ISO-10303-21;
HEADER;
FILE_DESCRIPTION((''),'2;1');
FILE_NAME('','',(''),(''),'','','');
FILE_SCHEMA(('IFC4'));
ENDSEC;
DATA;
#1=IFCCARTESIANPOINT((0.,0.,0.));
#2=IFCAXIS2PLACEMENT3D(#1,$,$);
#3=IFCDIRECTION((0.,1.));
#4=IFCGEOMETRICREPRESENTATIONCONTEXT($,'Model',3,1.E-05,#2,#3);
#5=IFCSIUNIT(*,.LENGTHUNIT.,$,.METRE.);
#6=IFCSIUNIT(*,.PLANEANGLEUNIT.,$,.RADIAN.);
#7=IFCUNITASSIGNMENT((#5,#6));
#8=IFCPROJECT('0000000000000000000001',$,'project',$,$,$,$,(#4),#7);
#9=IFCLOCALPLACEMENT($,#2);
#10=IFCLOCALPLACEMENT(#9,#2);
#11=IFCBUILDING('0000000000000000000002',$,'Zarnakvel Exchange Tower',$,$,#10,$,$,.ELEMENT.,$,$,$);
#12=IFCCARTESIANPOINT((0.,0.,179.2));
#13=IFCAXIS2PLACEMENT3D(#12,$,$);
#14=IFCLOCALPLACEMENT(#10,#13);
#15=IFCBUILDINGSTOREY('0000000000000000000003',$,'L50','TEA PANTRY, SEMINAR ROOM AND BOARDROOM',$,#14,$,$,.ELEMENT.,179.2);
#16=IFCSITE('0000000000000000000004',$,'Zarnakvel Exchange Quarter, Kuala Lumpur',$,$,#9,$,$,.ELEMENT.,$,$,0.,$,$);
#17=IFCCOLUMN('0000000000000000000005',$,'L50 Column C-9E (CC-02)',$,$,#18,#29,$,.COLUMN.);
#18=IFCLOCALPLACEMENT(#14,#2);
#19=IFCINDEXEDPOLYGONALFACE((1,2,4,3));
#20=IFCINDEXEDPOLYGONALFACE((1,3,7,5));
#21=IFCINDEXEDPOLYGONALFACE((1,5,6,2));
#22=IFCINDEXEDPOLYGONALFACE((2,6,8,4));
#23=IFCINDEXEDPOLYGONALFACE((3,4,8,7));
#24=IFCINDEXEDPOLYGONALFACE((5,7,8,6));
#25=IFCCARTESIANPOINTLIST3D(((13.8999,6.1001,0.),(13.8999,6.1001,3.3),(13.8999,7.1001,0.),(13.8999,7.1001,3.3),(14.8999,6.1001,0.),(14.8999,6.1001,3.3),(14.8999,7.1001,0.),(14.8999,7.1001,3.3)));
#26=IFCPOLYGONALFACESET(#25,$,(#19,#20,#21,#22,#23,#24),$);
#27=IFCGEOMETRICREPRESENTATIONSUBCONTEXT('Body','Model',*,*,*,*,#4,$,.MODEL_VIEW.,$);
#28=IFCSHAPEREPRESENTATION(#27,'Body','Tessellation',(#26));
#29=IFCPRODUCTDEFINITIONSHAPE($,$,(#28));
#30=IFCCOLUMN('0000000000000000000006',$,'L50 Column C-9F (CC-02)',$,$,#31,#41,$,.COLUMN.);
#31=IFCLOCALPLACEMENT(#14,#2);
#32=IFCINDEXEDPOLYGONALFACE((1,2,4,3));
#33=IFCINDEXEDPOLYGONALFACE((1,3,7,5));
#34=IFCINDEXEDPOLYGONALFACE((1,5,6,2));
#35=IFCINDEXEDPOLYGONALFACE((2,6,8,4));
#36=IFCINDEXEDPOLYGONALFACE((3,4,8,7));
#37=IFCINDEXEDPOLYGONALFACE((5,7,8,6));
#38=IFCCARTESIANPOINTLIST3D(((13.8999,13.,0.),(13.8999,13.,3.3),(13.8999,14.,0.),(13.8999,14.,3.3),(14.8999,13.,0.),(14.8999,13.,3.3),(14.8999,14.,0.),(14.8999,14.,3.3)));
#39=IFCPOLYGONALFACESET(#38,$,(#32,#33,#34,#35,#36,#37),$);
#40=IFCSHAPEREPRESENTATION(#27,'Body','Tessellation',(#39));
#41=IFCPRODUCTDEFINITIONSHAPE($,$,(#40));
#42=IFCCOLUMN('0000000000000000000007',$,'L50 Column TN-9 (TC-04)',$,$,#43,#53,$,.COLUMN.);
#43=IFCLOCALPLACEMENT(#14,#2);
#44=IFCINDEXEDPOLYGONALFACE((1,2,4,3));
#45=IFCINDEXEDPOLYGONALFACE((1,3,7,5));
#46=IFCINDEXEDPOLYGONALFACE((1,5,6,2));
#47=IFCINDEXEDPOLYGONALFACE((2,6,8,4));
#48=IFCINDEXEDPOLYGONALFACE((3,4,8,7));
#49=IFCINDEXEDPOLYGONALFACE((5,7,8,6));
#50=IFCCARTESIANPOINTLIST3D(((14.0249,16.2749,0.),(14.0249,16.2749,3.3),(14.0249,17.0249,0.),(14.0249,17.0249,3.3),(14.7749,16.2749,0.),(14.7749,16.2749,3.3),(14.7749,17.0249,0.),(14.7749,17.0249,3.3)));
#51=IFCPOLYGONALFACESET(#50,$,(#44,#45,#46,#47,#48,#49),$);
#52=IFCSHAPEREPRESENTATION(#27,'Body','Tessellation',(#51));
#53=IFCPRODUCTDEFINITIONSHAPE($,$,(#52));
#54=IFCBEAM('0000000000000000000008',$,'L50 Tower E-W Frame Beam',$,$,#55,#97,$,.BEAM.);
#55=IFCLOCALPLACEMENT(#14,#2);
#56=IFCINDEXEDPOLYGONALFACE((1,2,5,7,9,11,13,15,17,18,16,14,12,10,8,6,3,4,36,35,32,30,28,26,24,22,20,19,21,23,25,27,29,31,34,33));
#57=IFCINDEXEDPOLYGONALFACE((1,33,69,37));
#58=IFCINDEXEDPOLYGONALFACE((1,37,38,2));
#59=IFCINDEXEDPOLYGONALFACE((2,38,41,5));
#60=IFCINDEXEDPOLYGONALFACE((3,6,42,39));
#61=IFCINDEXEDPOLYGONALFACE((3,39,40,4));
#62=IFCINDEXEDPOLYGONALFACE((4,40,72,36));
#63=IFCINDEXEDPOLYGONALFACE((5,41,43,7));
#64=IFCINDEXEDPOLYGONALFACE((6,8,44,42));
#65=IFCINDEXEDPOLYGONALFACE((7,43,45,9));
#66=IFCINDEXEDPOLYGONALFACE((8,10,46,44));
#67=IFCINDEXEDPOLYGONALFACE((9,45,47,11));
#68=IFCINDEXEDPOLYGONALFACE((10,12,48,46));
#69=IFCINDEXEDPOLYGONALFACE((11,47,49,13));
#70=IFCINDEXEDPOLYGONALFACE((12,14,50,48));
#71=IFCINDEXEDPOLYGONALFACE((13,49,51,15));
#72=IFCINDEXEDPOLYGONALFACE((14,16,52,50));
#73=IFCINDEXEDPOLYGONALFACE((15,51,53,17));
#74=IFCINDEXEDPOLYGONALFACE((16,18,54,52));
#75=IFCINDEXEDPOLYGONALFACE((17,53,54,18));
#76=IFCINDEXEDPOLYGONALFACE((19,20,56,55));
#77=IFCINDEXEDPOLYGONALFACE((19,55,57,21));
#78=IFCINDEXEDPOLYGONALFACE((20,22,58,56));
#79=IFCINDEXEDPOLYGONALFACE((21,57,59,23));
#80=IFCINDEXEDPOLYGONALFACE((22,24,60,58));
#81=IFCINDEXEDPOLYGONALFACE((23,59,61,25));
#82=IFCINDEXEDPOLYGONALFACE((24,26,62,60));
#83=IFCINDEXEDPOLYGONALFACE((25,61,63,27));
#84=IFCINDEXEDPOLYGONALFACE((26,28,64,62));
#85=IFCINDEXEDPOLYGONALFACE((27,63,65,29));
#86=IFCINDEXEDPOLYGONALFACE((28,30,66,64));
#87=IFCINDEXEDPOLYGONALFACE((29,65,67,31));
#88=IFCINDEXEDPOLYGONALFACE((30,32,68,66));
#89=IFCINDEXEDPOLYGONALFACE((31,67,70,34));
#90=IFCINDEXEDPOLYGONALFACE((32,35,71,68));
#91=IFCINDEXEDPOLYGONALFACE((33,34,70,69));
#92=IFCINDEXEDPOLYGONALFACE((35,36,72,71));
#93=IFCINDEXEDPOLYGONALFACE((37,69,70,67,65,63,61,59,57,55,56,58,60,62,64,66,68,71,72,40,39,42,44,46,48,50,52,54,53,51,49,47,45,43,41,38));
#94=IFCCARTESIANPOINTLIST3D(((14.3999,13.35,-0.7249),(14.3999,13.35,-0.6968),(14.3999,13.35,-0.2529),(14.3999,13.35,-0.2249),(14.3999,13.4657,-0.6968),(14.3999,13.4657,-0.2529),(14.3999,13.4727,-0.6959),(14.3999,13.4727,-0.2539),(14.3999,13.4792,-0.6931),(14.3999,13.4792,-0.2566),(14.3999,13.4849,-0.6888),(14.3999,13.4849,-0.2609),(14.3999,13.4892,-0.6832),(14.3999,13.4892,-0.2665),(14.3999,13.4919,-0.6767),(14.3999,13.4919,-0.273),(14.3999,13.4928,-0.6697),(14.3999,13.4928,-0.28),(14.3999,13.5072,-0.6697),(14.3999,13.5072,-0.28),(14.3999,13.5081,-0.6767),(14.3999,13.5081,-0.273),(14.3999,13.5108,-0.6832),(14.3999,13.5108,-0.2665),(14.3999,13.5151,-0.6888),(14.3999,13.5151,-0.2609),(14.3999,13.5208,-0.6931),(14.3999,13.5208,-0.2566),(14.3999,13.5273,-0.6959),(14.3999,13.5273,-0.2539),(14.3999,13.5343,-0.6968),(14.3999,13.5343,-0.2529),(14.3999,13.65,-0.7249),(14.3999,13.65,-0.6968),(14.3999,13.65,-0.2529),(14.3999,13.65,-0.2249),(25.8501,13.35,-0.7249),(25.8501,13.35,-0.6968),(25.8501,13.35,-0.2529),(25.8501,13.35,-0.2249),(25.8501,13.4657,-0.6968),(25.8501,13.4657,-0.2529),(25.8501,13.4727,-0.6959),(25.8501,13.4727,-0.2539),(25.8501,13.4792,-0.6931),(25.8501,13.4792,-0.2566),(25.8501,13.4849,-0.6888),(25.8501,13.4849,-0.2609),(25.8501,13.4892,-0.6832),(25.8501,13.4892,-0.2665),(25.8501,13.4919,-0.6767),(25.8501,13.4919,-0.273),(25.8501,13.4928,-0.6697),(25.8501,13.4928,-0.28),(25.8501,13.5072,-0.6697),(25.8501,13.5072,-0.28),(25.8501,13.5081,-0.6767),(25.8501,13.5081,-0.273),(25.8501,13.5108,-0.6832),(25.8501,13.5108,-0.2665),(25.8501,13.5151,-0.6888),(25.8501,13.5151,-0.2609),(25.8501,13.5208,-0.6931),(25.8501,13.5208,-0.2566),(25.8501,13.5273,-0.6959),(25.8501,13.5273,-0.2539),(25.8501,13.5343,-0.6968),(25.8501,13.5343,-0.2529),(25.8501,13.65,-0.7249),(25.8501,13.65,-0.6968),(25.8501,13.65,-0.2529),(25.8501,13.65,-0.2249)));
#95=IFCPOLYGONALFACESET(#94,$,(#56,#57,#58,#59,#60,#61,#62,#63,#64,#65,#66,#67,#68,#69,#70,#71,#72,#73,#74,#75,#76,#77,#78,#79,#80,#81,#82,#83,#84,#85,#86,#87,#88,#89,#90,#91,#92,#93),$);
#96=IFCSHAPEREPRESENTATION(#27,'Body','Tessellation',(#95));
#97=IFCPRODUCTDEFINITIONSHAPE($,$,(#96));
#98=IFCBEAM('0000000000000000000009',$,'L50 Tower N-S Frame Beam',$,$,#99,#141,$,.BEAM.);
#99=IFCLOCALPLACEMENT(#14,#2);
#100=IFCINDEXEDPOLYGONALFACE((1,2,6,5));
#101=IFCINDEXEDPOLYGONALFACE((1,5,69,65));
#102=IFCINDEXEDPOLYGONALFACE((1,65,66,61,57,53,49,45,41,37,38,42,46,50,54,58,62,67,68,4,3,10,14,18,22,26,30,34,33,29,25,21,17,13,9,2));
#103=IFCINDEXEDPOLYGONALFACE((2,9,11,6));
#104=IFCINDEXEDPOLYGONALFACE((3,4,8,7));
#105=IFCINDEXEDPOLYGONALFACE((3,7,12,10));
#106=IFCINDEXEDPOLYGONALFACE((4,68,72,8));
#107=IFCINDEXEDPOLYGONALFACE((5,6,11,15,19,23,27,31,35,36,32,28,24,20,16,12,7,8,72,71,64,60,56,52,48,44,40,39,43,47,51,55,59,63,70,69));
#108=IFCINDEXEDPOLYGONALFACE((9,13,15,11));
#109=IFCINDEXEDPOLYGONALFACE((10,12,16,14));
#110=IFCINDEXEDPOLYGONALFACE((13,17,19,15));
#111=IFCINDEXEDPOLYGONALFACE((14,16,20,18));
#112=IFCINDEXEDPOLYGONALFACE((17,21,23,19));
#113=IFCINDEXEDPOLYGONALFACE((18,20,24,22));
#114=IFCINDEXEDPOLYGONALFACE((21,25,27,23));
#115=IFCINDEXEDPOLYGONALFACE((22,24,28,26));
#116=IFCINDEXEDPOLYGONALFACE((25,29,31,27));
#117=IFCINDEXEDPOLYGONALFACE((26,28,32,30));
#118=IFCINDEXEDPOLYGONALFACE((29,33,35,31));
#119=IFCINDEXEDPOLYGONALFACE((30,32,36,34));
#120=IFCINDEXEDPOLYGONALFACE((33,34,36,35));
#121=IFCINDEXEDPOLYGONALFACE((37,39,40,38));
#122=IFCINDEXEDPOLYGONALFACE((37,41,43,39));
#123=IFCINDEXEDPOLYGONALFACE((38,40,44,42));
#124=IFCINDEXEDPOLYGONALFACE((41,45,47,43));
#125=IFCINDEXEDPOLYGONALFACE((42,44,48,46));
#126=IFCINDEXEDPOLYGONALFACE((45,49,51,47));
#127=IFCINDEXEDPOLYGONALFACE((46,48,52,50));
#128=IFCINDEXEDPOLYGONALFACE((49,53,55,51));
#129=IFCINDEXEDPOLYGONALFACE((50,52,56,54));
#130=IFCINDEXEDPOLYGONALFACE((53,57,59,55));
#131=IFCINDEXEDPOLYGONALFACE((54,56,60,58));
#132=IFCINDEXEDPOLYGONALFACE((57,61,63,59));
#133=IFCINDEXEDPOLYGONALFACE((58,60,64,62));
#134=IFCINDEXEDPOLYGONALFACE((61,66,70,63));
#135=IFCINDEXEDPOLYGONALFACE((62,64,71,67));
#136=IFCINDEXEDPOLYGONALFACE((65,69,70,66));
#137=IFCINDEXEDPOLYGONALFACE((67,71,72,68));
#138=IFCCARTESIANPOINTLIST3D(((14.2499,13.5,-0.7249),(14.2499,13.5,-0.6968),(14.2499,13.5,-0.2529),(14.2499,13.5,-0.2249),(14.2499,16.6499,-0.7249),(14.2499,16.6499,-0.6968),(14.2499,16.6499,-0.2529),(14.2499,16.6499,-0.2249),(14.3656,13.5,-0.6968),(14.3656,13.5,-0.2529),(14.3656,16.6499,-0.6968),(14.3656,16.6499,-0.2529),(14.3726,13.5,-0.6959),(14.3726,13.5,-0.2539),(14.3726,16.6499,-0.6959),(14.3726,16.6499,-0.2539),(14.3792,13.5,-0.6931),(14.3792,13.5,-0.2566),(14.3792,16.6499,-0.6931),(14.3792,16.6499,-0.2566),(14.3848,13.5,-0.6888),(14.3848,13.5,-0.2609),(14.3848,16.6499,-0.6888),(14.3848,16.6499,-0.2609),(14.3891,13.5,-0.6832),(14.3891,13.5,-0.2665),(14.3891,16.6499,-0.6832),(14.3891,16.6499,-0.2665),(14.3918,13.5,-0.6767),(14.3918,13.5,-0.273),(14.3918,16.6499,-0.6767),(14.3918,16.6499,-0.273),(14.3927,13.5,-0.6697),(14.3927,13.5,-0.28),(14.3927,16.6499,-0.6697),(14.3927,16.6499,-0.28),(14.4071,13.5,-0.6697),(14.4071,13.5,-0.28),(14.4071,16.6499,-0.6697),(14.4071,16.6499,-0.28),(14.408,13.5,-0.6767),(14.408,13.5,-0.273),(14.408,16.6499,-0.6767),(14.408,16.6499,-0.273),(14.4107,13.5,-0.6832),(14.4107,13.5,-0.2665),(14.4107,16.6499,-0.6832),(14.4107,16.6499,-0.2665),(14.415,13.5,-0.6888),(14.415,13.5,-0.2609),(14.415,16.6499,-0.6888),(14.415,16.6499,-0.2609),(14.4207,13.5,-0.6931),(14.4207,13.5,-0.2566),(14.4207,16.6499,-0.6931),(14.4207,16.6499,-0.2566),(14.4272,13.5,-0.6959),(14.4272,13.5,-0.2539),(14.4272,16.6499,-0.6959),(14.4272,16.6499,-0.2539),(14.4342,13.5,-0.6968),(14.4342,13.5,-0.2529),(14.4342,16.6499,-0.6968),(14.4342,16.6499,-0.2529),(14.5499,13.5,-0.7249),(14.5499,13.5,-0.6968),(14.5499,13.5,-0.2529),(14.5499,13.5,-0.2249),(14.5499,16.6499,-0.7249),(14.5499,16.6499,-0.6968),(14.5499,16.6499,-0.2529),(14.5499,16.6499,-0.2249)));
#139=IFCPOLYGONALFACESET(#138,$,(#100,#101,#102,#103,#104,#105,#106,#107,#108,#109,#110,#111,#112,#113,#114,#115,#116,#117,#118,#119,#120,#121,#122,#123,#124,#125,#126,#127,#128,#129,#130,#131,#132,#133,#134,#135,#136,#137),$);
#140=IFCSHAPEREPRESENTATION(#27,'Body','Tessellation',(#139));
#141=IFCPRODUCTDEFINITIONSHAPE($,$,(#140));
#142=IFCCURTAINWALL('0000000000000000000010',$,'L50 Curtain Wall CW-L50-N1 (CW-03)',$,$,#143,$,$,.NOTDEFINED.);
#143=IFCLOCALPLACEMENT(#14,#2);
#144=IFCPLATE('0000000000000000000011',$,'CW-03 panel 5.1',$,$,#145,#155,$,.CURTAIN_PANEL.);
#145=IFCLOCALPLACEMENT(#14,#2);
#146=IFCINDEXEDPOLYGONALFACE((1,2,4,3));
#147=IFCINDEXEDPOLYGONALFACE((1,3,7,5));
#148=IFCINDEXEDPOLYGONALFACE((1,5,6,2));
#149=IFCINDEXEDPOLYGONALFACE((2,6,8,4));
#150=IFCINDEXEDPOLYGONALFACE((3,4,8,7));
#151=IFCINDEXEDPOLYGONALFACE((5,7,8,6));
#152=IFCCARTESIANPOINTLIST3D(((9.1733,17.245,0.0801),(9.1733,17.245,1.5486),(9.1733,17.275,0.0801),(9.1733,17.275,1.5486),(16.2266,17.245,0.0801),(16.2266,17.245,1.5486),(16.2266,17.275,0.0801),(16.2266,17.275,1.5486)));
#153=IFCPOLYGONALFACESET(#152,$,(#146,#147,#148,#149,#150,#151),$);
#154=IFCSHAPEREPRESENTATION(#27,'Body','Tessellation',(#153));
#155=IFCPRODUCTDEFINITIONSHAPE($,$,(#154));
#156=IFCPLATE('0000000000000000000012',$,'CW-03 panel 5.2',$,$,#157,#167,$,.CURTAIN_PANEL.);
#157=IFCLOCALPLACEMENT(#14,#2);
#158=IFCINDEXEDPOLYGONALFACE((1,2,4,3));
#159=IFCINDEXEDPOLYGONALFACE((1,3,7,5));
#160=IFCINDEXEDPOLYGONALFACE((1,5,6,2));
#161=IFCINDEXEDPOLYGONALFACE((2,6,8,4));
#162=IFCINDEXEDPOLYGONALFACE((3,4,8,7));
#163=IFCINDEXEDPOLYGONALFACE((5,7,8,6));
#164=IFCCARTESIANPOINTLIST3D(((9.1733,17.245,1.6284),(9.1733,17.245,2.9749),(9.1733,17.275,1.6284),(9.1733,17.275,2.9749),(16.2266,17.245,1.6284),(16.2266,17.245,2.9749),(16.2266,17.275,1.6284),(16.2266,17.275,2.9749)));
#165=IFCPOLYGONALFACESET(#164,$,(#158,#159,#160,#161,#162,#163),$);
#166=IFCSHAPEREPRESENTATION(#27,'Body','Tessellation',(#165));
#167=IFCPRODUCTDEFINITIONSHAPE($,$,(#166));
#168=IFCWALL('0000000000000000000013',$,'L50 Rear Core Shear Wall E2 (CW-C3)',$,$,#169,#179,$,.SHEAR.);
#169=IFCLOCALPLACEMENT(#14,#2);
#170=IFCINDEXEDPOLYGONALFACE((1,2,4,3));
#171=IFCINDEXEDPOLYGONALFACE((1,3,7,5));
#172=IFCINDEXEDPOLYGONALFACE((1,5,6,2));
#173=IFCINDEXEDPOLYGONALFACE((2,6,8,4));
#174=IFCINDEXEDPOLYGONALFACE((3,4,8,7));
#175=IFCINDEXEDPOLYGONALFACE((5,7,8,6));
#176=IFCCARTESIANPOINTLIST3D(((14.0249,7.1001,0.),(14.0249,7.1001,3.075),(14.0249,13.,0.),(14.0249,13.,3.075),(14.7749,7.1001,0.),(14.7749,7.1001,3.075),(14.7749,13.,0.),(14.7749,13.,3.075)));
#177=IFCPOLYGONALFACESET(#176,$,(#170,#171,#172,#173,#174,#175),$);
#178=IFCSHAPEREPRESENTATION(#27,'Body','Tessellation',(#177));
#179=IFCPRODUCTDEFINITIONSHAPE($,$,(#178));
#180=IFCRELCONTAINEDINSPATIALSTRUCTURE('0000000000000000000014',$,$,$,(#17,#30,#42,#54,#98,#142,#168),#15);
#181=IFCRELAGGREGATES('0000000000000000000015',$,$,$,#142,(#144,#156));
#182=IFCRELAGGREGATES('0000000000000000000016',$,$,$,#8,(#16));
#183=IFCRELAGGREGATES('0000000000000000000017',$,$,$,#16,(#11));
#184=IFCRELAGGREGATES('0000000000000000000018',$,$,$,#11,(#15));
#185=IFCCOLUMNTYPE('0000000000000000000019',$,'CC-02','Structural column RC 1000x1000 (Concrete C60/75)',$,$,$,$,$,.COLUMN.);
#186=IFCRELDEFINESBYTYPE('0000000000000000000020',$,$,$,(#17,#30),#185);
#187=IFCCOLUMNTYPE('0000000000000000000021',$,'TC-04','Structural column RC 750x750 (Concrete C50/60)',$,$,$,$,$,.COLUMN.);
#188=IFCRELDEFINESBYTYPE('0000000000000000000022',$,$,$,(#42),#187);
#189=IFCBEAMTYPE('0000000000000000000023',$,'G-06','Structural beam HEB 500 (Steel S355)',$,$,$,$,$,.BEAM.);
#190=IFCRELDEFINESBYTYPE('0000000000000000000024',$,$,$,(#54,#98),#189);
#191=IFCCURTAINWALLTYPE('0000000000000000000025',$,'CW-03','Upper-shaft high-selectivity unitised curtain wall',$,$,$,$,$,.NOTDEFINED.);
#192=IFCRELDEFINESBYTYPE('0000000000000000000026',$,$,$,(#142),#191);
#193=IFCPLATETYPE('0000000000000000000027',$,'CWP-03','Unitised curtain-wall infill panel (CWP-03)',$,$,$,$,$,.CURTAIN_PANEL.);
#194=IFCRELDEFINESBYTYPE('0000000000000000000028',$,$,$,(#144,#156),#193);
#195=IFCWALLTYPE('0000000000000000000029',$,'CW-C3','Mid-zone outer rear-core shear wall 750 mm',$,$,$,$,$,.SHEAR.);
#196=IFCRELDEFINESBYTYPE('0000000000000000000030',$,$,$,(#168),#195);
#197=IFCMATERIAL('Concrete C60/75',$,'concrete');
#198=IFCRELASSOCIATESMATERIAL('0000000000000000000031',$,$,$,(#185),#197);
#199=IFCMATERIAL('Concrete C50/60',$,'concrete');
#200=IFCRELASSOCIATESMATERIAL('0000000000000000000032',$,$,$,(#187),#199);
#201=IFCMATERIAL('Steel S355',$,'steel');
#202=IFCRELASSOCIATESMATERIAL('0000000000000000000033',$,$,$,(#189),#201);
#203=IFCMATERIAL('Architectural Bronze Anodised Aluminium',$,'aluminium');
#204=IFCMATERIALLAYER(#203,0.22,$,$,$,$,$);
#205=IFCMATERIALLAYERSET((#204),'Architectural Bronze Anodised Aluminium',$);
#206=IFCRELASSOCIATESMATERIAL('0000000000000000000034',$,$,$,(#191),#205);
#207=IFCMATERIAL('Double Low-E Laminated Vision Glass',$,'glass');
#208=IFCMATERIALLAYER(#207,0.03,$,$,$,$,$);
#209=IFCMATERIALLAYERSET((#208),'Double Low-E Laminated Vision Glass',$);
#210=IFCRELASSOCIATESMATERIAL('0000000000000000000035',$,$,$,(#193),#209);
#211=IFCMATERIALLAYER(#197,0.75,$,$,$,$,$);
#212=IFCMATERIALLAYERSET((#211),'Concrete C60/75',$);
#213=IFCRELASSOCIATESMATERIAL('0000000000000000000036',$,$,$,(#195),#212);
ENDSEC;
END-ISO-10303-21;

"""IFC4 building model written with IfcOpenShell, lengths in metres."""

from ifc_helpers import new_model, si_unit, direction, frame, frame_2d, origin, origin_2d, place, context, subcontext, project, spatial, rectangle, i_section, extrude, source, transform, mapped, material, layer, layer_set, material_profile, profile_set, type_object, element, aggregate, save


model = new_model("IFC4")

# Units and contexts
model_context = context("Model", 3, precision=1e-05, world=origin(), true_north=direction((0.0, 1.0)))
body_context = subcontext(model_context, "Body", "Model", "MODEL_VIEW")
ifc_project = project(units=[si_unit("LENGTHUNIT", "METRE"), si_unit("PLANEANGLEUNIT", "RADIAN")], contexts=[model_context])

# Site, building, storey
site_placement = place(None, origin())
site = spatial("IfcSite", under=ifc_project, at=site_placement, Name="Zarnakvel Exchange Quarter, Kuala Lumpur", CompositionType="ELEMENT", RefElevation=0.0)
building_placement = place(site_placement, origin())
building = spatial("IfcBuilding", under=site, at=building_placement, Name="Zarnakvel Exchange Tower", CompositionType="ELEMENT")
storey_placement = place(building_placement, frame((0.0, 0.0, 179.2)))
storey = spatial("IfcBuildingStorey", under=building, at=storey_placement, Name="L50", Description="TEA PANTRY, SEMINAR ROOM AND BOARDROOM", CompositionType="ELEMENT", Elevation=179.2)

# Columns
ifc_material_1 = material(Name="Concrete C60/75", Category="concrete")
ifc_material_profile_1 = material_profile(ifc_material_1, rectangle(XDim=1.0, YDim=1.0, at=origin_2d()))
ifc_profile_set_1 = profile_set([ifc_material_profile_1], Name="Concrete C60/75")
column_type_1 = type_object("IfcColumnType", Name="CC-02", Description="Structural column RC 1000x1000 (Concrete C60/75)", PredefinedType="COLUMN", material=ifc_profile_set_1)
for number, where, z_axis, x_axis, name in (
    (1, (14.3999, 6.6001, 0.0), (0.0, 0.0, 1.0), (1.0, 0.0, 0.0), "L50 Column C-9E (CC-02)"),
    (2, (14.3999, 13.5, 0.0), (0.0, 0.0, 1.0), (1.0, 0.0, 0.0), "L50 Column C-9F (CC-02)"),
):
    element("IfcColumn", number, at=place(storey_placement, frame(where, z_axis=z_axis, x_axis=x_axis)), inside=storey, type_object=column_type_1, Name=name, PredefinedType="COLUMN", context=body_context, shape_type="SweptSolid", body=[
        extrude(rectangle(XDim=1.0, YDim=1.0, at=origin_2d()), origin(), (0.0, 0.0, 1.0), 3.3),
    ])
ifc_material_2 = material(Name="Concrete C50/60", Category="concrete")
ifc_material_profile_2 = material_profile(ifc_material_2, rectangle(XDim=0.75, YDim=0.75, at=origin_2d()))
ifc_profile_set_2 = profile_set([ifc_material_profile_2], Name="Concrete C50/60")
column_type_2 = type_object("IfcColumnType", Name="TC-04", Description="Structural column RC 750x750 (Concrete C50/60)", PredefinedType="COLUMN", material=ifc_profile_set_2)
column_placement = place(storey_placement, frame((14.3999, 16.6499, 0.0), z_axis=(0.0, 0.0, 1.0), x_axis=(1.0, 0.0, 0.0)))
element("IfcColumn", 3, at=column_placement, inside=storey, type_object=column_type_2, Name="L50 Column TN-9 (TC-04)", PredefinedType="COLUMN", context=body_context, shape_type="SweptSolid", body=[
    extrude(rectangle(XDim=0.75, YDim=0.75, at=origin_2d()), origin(), (0.0, 0.0, 1.0), 3.3),
])

# Beams
ifc_material_3 = material(Name="Steel S355", Category="steel")
ifc_material_profile_3 = material_profile(ifc_material_3, i_section(OverallWidth=0.3, OverallDepth=0.5, WebThickness=0.0144, FlangeThickness=0.0281, FilletRadius=0.0271, at=origin_2d()))
ifc_profile_set_3 = profile_set([ifc_material_profile_3], Name="Steel S355")
beam_type = type_object("IfcBeamType", Name="G-06", Description="Structural beam HEB 500 (Steel S355)", PredefinedType="BEAM", material=ifc_profile_set_3)
beam_1_placement = place(storey_placement, frame((14.3999, 13.5, -0.4749), z_axis=(1.0, 0.0, 0.0), x_axis=(0.0, 1.0, 0.0)))
element("IfcBeam", 4, at=beam_1_placement, inside=storey, type_object=beam_type, Name="L50 Tower E-W Frame Beam", PredefinedType="BEAM", context=body_context, shape_type="SweptSolid", body=[
    extrude(i_section(OverallWidth=0.3, OverallDepth=0.5, WebThickness=0.0144, FlangeThickness=0.0281, FilletRadius=0.0271, at=origin_2d()), origin(), (0.0, 0.0, 1.0), 11.4502),
])
beam_2_placement = place(storey_placement, frame((14.3999, 13.5, -0.4749), z_axis=(0.0, 1.0, 0.0), x_axis=(-1.0, 0.0, 0.0)))
element("IfcBeam", 5, at=beam_2_placement, inside=storey, type_object=beam_type, Name="L50 Tower N-S Frame Beam", PredefinedType="BEAM", context=body_context, shape_type="SweptSolid", body=[
    extrude(i_section(OverallWidth=0.3, OverallDepth=0.5, WebThickness=0.0144, FlangeThickness=0.0281, FilletRadius=0.0271, at=origin_2d()), origin(), (0.0, 0.0, 1.0), 3.1499),
])

# Curtain wall, plates
ifc_material_4 = material(Name="Architectural Bronze Anodised Aluminium", Category="aluminium")
ifc_layer_1 = layer(ifc_material_4, 0.22)
ifc_layer_set_1 = layer_set([ifc_layer_1], Name="Architectural Bronze Anodised Aluminium")
curtain_wall_type = type_object("IfcCurtainWallType", Name="CW-03", Description="Upper-shaft high-selectivity unitised curtain wall", PredefinedType="NOTDEFINED", material=ifc_layer_set_1)
curtain_wall_placement = place(storey_placement, origin())
curtain_wall = element("IfcCurtainWall", 6, at=curtain_wall_placement, inside=storey, type_object=curtain_wall_type, Name="L50 Curtain Wall CW-L50-N1 (CW-03)", PredefinedType="NOTDEFINED")
ifc_material_5 = material(Name="Double Low-E Laminated Vision Glass", Category="glass")
ifc_layer_2 = layer(ifc_material_5, 0.03)
ifc_layer_set_2 = layer_set([ifc_layer_2], Name="Double Low-E Laminated Vision Glass")
plate_type = type_object("IfcPlateType", Name="CWP-03", Description="Unitised curtain-wall infill panel (CWP-03)", PredefinedType="CURTAIN_PANEL", material=ifc_layer_set_2)
shared_shape_1 = source(origin(), body_context, "Body", "SweptSolid", [
    extrude(rectangle(XDim=7.0532, YDim=0.03, at=origin_2d()), origin(), (0.0, 0.0, 1.0), 1.4685),
])
plate_1_placement = place(storey_placement, frame((12.7, 17.26, 0.0801), z_axis=(0.0, 0.0, 1.0), x_axis=(1.0, 0.0, 0.0)))
plate_1 = element("IfcPlate", 7, at=plate_1_placement, type_object=plate_type, Name="CW-03 panel 5.1", PredefinedType="CURTAIN_PANEL", context=body_context, shape_type="MappedRepresentation", body=[
    mapped(shared_shape_1, transform((0.0, 0.0, 0.0), x_axis=(1.0, 0.0, 0.0), y_axis=(0.0, 1.0, 0.0), z_axis=(0.0, 0.0, 1.0), scale=1.0)),
])
shared_shape_2 = source(origin(), body_context, "Body", "SweptSolid", [
    extrude(rectangle(XDim=7.0532, YDim=0.03, at=origin_2d()), origin(), (0.0, 0.0, 1.0), 1.3464),
])
plate_2_placement = place(storey_placement, frame((12.7, 17.26, 1.6284), z_axis=(0.0, 0.0, 1.0), x_axis=(1.0, 0.0, 0.0)))
plate_2 = element("IfcPlate", 8, at=plate_2_placement, type_object=plate_type, Name="CW-03 panel 5.2", PredefinedType="CURTAIN_PANEL", context=body_context, shape_type="MappedRepresentation", body=[
    mapped(shared_shape_2, transform((0.0, 0.0, 0.0), x_axis=(1.0, 0.0, 0.0), y_axis=(0.0, 1.0, 0.0), z_axis=(0.0, 0.0, 1.0), scale=1.0)),
])
aggregate(curtain_wall, [plate_1, plate_2])

# Wall
ifc_layer_3 = layer(ifc_material_1, 0.75)
ifc_layer_set_3 = layer_set([ifc_layer_3], Name="Concrete C60/75")
wall_type_1 = type_object("IfcWallType", Name="CW-C3", Description="Mid-zone outer rear-core shear wall 750 mm", PredefinedType="SHEAR", material=ifc_layer_set_3)
wall_1_placement = place(storey_placement, frame((14.3999, 7.1001, 0.0), z_axis=(0.0, 0.0, 1.0), x_axis=(0.0, 1.0, 0.0)))
element("IfcWall", 9, at=wall_1_placement, inside=storey, type_object=wall_type_1, Name="L50 Rear Core Shear Wall E2 (CW-C3)", PredefinedType="SHEAR", context=body_context, shape_type="SweptSolid", body=[
    extrude(rectangle(XDim=5.8999, YDim=0.75, at=frame_2d((2.95, 0.0))), origin(), (0.0, 0.0, 1.0), 3.075),
])

save(model, "model.ifc")
